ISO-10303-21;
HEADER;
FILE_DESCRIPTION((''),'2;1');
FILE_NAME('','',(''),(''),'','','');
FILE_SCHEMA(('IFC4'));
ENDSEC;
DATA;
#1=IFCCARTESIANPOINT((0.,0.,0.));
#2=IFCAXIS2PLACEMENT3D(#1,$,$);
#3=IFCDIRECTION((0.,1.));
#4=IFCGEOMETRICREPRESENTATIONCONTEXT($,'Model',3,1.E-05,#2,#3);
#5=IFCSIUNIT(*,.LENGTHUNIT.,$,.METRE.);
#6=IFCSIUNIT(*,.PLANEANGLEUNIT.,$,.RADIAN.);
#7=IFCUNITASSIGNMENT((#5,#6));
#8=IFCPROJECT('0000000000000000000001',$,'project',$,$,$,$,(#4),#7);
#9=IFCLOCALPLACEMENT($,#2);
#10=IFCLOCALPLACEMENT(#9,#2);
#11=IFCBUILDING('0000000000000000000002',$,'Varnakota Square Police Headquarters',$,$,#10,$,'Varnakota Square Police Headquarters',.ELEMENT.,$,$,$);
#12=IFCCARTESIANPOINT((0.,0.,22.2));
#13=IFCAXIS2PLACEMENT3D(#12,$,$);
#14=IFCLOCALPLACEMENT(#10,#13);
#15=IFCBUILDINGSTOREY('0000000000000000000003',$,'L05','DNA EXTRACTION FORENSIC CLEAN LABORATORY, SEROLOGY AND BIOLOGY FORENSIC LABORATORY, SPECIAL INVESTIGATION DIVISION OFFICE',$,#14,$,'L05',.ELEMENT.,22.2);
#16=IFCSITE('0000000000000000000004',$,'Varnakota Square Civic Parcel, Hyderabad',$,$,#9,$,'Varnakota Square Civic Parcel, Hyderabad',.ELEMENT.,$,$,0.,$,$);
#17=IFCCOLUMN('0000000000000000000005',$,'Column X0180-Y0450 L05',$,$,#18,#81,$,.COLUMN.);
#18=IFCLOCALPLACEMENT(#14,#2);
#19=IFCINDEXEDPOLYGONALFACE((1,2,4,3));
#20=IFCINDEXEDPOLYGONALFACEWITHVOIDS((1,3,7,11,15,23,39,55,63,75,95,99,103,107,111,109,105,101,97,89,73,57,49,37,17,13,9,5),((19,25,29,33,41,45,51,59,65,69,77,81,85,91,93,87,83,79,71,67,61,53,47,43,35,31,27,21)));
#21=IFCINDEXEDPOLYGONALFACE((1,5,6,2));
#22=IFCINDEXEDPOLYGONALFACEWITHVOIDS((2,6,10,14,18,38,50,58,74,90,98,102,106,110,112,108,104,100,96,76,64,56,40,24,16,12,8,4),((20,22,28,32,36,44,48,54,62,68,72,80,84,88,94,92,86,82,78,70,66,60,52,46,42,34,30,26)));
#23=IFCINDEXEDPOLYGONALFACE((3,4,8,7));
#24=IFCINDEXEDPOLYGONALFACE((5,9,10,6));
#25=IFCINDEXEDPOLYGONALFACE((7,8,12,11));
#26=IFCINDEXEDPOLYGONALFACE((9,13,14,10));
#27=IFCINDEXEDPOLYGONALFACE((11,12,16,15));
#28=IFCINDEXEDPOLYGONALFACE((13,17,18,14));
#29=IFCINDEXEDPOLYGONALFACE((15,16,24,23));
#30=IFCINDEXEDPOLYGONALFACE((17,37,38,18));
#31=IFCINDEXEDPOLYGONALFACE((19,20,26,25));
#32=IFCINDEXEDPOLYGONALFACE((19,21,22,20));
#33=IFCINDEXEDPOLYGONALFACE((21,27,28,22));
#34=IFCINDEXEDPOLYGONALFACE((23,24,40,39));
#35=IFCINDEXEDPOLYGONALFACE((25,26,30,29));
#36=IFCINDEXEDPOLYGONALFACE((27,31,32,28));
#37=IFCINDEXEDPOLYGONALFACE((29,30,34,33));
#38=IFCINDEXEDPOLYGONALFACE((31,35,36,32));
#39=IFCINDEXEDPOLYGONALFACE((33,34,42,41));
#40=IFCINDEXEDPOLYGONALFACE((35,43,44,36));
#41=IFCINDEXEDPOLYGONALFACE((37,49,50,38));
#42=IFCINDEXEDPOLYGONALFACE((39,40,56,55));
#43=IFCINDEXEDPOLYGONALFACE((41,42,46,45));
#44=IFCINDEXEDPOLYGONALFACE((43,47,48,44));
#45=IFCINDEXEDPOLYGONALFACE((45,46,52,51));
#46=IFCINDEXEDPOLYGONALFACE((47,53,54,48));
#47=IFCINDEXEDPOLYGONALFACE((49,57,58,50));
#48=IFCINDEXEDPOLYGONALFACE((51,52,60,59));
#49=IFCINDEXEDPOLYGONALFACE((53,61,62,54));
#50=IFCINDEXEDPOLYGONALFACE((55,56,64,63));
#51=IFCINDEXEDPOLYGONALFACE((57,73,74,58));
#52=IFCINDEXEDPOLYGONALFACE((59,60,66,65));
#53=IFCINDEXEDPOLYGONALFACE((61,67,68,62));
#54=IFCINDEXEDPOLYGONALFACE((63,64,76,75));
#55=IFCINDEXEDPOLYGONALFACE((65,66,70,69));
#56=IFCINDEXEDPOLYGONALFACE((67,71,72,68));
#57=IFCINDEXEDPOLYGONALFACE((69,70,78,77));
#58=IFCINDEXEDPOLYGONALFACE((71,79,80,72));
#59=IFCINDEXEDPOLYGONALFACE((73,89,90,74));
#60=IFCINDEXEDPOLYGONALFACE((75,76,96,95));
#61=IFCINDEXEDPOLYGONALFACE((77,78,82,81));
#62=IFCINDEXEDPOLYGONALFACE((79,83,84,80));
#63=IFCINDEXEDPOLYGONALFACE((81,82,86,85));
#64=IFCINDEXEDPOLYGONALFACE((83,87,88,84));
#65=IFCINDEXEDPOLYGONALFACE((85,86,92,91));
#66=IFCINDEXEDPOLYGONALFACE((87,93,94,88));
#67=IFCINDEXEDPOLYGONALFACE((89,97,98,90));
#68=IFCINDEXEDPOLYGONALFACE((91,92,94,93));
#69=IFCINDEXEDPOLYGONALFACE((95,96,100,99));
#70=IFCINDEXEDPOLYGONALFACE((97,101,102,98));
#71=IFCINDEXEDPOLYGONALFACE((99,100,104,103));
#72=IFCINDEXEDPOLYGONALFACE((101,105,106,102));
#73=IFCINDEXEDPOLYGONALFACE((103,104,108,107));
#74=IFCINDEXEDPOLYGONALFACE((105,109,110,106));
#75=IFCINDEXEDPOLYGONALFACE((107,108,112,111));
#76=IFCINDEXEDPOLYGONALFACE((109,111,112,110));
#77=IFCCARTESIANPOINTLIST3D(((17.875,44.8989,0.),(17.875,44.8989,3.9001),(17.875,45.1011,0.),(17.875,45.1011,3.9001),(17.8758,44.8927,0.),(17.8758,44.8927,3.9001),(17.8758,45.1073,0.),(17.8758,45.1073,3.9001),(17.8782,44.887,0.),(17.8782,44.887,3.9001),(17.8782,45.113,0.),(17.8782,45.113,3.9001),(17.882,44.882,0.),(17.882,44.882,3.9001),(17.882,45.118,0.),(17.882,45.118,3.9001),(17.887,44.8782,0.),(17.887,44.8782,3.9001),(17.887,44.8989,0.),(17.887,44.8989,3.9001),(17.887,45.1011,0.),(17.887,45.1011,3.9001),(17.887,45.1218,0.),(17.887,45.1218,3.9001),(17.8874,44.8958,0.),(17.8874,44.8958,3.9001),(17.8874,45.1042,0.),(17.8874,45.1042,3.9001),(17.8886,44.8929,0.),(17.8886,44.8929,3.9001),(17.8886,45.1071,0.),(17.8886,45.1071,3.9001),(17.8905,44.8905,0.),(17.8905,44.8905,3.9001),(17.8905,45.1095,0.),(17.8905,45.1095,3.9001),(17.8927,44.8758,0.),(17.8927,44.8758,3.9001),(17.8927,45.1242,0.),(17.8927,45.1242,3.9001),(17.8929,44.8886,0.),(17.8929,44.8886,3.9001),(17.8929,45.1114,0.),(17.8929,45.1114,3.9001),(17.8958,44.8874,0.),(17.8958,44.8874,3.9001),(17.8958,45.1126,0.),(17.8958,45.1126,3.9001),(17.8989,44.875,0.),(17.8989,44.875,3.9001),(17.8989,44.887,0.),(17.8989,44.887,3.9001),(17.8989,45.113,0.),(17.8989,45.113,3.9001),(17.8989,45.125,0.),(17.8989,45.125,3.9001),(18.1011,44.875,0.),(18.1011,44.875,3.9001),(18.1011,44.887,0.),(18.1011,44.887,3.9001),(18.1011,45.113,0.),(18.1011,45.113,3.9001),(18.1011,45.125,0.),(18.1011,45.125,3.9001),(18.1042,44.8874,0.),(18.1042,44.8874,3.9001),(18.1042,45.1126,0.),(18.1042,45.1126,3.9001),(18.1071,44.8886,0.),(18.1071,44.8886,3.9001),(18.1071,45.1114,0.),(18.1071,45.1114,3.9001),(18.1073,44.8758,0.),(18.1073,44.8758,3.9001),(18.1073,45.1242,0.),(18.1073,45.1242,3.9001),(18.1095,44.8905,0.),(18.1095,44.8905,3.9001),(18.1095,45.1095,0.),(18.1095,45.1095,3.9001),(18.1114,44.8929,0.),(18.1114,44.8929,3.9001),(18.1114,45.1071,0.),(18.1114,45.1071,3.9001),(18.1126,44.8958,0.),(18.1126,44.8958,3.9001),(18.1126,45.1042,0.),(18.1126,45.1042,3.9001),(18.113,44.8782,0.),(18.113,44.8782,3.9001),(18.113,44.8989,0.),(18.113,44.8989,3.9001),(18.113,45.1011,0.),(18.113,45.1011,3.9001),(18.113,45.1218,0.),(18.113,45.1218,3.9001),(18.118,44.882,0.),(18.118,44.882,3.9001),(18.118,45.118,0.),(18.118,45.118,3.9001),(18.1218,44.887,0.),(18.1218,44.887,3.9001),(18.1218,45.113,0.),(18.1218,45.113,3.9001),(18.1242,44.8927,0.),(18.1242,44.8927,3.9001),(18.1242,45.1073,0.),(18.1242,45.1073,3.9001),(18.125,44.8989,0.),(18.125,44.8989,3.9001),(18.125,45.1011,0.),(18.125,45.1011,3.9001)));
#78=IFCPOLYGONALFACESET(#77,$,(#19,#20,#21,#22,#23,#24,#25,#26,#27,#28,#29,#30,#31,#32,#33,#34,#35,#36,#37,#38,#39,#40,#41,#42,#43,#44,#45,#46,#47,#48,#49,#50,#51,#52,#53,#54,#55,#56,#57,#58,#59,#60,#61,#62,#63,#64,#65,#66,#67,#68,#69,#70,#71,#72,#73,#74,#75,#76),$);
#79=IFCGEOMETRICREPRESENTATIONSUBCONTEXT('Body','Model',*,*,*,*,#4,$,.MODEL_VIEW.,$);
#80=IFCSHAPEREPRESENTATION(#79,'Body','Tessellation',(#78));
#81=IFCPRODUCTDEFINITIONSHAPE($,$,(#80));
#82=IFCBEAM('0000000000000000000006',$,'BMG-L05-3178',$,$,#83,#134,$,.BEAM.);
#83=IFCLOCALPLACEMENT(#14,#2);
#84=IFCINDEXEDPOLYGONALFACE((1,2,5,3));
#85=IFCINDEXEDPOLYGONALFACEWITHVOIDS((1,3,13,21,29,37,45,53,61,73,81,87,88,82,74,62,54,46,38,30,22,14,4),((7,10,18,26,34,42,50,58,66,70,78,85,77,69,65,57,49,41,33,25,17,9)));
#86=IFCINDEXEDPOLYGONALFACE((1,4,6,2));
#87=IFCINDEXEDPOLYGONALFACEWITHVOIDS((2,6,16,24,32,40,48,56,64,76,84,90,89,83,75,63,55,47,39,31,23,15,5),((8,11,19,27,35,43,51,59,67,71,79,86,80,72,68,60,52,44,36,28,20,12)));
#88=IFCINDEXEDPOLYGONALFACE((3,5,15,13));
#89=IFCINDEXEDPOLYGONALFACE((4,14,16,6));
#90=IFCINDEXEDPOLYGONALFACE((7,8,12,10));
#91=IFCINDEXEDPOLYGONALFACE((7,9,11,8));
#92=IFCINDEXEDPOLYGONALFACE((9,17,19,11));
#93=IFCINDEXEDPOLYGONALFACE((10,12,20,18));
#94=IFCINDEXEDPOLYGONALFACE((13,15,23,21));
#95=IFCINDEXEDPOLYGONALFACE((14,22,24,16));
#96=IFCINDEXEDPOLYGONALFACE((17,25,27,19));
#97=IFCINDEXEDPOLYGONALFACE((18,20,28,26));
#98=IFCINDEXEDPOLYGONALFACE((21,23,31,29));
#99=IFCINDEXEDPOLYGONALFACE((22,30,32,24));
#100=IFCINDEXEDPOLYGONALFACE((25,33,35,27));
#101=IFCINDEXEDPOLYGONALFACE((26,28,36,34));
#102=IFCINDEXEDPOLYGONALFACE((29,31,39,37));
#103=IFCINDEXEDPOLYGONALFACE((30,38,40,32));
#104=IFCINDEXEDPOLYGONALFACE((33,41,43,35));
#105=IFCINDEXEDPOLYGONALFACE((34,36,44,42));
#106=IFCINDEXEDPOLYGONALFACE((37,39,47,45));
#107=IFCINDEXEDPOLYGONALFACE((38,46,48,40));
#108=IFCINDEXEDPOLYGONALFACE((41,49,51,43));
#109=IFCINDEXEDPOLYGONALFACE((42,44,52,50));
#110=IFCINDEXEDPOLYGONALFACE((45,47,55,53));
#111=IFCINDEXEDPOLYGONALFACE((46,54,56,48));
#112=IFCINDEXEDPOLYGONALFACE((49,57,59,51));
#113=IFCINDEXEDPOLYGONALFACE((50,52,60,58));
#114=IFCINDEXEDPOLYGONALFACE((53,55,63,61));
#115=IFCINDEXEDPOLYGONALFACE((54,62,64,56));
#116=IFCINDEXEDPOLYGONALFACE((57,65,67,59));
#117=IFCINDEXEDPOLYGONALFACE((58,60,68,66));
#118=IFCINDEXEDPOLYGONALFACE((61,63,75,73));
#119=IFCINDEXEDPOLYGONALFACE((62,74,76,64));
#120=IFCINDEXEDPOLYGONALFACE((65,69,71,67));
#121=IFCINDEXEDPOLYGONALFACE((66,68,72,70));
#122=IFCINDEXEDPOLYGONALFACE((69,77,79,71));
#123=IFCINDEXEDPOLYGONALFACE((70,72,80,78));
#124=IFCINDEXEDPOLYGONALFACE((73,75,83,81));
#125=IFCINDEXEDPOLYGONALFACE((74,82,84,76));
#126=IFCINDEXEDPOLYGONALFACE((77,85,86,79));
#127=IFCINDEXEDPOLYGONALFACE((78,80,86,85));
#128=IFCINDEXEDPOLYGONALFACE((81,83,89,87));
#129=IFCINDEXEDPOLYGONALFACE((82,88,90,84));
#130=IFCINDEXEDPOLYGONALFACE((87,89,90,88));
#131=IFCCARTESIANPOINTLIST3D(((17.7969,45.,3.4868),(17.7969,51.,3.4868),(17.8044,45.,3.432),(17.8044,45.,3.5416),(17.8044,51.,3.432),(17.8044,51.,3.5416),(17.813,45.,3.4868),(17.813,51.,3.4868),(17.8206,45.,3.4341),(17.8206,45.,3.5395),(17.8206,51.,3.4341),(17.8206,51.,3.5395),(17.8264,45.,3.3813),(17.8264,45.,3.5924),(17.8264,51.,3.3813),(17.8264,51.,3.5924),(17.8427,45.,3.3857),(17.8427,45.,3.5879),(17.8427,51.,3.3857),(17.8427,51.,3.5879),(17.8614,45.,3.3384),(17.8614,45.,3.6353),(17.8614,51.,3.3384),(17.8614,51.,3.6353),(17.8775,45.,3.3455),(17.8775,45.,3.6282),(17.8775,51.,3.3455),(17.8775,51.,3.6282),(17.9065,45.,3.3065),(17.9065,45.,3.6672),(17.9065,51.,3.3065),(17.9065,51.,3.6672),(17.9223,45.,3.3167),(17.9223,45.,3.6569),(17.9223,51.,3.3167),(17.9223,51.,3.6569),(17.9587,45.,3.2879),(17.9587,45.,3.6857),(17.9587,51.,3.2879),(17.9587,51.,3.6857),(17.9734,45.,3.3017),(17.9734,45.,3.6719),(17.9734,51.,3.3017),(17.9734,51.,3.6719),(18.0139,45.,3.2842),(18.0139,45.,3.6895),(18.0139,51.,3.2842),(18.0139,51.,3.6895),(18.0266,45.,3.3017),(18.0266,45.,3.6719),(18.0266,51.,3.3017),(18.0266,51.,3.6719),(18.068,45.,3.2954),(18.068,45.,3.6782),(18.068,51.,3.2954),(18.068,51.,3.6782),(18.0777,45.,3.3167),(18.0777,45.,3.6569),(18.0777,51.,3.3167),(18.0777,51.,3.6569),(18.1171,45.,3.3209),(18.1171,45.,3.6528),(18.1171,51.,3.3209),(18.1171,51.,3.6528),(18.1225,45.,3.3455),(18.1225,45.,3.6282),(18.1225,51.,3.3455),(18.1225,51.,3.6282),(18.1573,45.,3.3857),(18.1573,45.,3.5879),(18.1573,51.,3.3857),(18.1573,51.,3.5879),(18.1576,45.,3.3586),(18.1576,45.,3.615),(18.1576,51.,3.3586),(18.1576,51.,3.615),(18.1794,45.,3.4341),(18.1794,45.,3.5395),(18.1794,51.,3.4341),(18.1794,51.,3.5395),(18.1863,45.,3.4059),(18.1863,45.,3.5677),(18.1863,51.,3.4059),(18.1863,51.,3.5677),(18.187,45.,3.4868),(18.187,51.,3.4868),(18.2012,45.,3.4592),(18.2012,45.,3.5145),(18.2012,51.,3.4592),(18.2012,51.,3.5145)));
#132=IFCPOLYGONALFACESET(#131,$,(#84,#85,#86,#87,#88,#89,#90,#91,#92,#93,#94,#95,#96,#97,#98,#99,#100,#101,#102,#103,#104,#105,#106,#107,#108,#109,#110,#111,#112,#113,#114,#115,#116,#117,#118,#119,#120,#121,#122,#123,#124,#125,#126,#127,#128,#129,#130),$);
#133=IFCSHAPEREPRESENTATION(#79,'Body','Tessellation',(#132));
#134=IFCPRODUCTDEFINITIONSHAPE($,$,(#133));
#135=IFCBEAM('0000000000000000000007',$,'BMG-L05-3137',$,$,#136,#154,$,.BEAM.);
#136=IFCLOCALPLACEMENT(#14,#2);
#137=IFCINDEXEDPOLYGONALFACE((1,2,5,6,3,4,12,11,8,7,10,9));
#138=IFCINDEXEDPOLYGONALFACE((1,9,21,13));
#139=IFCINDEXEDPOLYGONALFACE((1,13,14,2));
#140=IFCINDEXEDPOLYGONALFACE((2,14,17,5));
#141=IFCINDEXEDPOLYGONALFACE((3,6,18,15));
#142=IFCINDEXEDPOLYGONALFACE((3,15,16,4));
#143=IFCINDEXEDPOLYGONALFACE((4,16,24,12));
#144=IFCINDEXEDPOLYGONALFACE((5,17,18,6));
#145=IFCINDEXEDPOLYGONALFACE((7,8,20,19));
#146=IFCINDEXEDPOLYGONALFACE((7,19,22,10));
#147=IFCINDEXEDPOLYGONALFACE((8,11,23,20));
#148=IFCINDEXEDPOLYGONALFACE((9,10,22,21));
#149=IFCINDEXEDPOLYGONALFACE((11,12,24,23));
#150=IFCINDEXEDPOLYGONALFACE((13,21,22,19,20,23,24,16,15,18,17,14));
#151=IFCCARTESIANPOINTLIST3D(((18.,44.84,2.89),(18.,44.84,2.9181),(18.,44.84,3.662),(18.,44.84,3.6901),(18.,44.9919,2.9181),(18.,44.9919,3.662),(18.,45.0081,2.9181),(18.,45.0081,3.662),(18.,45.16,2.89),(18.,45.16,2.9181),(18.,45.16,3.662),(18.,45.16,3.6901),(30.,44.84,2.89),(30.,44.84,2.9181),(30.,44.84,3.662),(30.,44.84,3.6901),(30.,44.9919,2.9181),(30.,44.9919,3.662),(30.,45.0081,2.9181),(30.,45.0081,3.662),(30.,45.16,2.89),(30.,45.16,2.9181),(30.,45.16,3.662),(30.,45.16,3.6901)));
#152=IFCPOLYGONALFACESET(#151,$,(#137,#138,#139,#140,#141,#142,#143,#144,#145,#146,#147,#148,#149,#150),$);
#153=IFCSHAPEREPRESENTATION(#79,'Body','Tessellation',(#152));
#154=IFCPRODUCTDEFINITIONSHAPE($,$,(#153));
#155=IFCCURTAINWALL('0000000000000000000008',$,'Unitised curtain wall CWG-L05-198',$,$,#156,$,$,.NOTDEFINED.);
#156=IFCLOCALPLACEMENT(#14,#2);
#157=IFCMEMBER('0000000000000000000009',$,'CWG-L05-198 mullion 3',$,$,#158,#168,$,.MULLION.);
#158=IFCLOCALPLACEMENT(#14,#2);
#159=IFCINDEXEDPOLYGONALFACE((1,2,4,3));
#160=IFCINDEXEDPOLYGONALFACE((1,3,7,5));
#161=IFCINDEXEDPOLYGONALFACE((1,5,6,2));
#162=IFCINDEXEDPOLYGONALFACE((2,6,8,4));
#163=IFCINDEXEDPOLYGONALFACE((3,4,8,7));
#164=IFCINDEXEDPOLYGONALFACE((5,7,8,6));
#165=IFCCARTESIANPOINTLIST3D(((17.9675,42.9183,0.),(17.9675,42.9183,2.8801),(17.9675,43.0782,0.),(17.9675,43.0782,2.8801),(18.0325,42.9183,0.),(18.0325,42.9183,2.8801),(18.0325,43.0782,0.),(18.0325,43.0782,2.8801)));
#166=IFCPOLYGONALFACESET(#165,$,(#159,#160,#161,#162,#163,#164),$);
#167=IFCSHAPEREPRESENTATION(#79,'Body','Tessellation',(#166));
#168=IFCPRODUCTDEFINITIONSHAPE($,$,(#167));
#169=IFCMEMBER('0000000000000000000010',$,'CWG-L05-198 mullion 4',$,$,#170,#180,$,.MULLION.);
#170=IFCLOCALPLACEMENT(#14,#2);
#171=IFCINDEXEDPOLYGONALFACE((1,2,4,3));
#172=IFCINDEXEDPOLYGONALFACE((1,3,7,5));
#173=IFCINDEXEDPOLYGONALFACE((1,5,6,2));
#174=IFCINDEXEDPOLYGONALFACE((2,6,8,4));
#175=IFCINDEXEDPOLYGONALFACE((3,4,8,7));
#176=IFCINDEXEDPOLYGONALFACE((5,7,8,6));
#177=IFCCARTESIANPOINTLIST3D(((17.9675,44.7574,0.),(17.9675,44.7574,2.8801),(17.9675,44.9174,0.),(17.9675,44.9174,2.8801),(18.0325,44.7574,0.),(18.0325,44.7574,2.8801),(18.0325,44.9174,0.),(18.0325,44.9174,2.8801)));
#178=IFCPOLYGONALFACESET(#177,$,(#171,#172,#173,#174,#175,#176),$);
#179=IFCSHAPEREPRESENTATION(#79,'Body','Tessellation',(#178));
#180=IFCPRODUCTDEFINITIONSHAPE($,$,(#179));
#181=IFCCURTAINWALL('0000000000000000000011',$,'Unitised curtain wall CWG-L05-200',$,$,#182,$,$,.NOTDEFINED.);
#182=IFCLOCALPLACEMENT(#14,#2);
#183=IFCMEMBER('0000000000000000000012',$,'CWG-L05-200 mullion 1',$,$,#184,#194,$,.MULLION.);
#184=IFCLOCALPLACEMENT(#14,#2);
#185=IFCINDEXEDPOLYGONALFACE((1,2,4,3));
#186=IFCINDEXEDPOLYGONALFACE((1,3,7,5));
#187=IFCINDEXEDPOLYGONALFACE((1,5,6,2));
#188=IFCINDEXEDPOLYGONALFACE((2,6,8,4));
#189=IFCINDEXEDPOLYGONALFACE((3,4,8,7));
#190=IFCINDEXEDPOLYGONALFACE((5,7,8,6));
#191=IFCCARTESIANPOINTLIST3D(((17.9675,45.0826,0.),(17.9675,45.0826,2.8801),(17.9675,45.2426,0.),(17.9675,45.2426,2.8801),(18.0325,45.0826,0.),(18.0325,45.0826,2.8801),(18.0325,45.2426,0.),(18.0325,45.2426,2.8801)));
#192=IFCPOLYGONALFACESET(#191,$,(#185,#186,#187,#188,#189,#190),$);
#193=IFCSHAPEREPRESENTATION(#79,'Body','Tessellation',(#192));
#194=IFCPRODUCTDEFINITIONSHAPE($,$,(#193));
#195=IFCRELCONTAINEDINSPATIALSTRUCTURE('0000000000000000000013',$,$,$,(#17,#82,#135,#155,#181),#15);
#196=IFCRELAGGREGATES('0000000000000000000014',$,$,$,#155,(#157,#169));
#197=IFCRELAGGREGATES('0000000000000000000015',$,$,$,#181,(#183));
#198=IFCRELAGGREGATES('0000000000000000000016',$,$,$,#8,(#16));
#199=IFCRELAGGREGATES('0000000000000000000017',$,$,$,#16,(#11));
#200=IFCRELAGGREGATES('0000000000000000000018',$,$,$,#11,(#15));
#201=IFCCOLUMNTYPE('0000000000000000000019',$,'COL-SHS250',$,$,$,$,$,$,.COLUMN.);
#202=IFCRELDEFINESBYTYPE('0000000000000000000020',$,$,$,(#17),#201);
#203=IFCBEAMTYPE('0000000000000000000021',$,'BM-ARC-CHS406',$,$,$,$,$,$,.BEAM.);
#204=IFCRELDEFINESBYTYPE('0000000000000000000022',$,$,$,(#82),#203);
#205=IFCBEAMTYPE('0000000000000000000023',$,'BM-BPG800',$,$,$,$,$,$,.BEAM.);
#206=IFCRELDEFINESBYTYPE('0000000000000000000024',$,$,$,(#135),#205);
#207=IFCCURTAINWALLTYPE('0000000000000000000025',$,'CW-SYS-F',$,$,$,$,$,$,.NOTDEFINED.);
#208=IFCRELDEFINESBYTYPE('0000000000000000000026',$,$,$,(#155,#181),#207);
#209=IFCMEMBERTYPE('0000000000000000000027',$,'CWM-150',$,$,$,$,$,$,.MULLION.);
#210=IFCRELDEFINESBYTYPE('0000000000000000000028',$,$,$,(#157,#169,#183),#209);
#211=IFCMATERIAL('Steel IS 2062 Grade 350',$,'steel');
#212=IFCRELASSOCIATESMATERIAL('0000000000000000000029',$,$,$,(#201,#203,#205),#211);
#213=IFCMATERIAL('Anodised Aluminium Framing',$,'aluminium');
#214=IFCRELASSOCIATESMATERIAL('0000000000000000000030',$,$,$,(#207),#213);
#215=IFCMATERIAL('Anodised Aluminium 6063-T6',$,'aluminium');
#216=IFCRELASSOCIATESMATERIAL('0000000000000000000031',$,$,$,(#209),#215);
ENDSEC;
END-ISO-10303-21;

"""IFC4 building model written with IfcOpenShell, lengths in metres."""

from ifc_helpers import new_model, si_unit, direction, frame, origin, origin_2d, place, context, subcontext, project, spatial, rectangle, hollow_rectangle, hollow_circle, i_section, extrude, material, material_profile, profile_set, type_object, element, aggregate, save


model = new_model("IFC4")

# Units and contexts
model_context = context("Model", 3, precision=1e-05, world=origin(), true_north=direction((0.0, 1.0)))
body_context = subcontext(model_context, "Body", "Model", "MODEL_VIEW")
ifc_project = project(units=[si_unit("LENGTHUNIT", "METRE"), si_unit("PLANEANGLEUNIT", "RADIAN")], contexts=[model_context])

# Site, building, storey
site_placement = place(None, origin())
site = spatial("IfcSite", under=ifc_project, at=site_placement, Name="Varnakota Square Civic Parcel, Hyderabad", LongName="Varnakota Square Civic Parcel, Hyderabad", CompositionType="ELEMENT", RefElevation=0.0)
building_placement = place(site_placement, origin())
building = spatial("IfcBuilding", under=site, at=building_placement, Name="Varnakota Square Police Headquarters", LongName="Varnakota Square Police Headquarters", CompositionType="ELEMENT")
storey_placement = place(building_placement, frame((0.0, 0.0, 22.2)))
storey = spatial("IfcBuildingStorey", under=building, at=storey_placement, Name="L05", Description="DNA EXTRACTION FORENSIC CLEAN LABORATORY, SEROLOGY AND BIOLOGY FORENSIC LABORATORY, SPECIAL INVESTIGATION DIVISION OFFICE", LongName="L05", CompositionType="ELEMENT", Elevation=22.2)

# Column
ifc_material_1 = material(Name="Steel IS 2062 Grade 350", Category="steel")
ifc_material_profile_1 = material_profile(ifc_material_1, hollow_rectangle(XDim=0.25, YDim=0.25, WallThickness=0.012, InnerFilletRadius=0.012, OuterFilletRadius=0.0239, at=origin_2d()), Name="SHS 250x250x12")
ifc_profile_set_1 = profile_set([ifc_material_profile_1], Name="Steel IS 2062 Grade 350")
column_type = type_object("IfcColumnType", Name="COL-SHS250", PredefinedType="COLUMN", material=ifc_profile_set_1)
column_placement = place(storey_placement, frame((18.0, 45.0, 0.0), z_axis=(0.0, 0.0, 1.0), x_axis=(1.0, 0.0, 0.0)))
element("IfcColumn", 1, at=column_placement, inside=storey, type_object=column_type, Name="Column X0180-Y0450 L05", PredefinedType="COLUMN", context=body_context, shape_type="SweptSolid", body=[
    extrude(hollow_rectangle(XDim=0.25, YDim=0.25, WallThickness=0.012, InnerFilletRadius=0.012, OuterFilletRadius=0.0239, at=origin_2d()), origin(), (0.0, 0.0, 1.0), 3.9001),
])

# Beams
ifc_material_profile_2 = material_profile(ifc_material_1, hollow_circle(Radius=0.2031, WallThickness=0.0161, at=origin_2d()), Name="CHS 406.4x16.0")
ifc_profile_set_2 = profile_set([ifc_material_profile_2], Name="Steel IS 2062 Grade 350")
beam_type_1 = type_object("IfcBeamType", Name="BM-ARC-CHS406", PredefinedType="BEAM", material=ifc_profile_set_2)
beam_1_placement = place(storey_placement, frame((18.0, 45.0, 3.4868), z_axis=(0.0, 1.0, 0.0), x_axis=(-1.0, 0.0, 0.0)))
element("IfcBeam", 2, at=beam_1_placement, inside=storey, type_object=beam_type_1, Name="BMG-L05-3178", PredefinedType="BEAM", context=body_context, shape_type="SweptSolid", body=[
    extrude(hollow_circle(Radius=0.2031, WallThickness=0.0161, at=origin_2d()), origin(), (0.0, 0.0, 1.0), 6.0),
])
ifc_material_profile_3 = material_profile(ifc_material_1, i_section(OverallWidth=0.3201, OverallDepth=0.8, WebThickness=0.0161, FlangeThickness=0.0281, at=origin_2d()), Name="BPG 800x320")
ifc_profile_set_3 = profile_set([ifc_material_profile_3], Name="Steel IS 2062 Grade 350")
beam_type_2 = type_object("IfcBeamType", Name="BM-BPG800", PredefinedType="BEAM", material=ifc_profile_set_3)
beam_2_placement = place(storey_placement, frame((18.0, 45.0, 3.29), z_axis=(1.0, 0.0, 0.0), x_axis=(0.0, 1.0, 0.0)))
element("IfcBeam", 3, at=beam_2_placement, inside=storey, type_object=beam_type_2, Name="BMG-L05-3137", PredefinedType="BEAM", context=body_context, shape_type="SweptSolid", body=[
    extrude(i_section(OverallWidth=0.3201, OverallDepth=0.8, WebThickness=0.0161, FlangeThickness=0.0281, at=origin_2d()), origin(), (0.0, 0.0, 1.0), 12.0),
])

# Curtain walls, members
ifc_material_2 = material(Name="Anodised Aluminium Framing", Category="aluminium")
curtain_wall_type = type_object("IfcCurtainWallType", Name="CW-SYS-F", PredefinedType="NOTDEFINED", material=ifc_material_2)
curtain_wall_1_placement = place(storey_placement, origin())
curtain_wall_1 = element("IfcCurtainWall", 4, at=curtain_wall_1_placement, inside=storey, type_object=curtain_wall_type, Name="Unitised curtain wall CWG-L05-198", PredefinedType="NOTDEFINED")
ifc_material_3 = material(Name="Anodised Aluminium 6063-T6", Category="aluminium")
ifc_material_profile_4 = material_profile(ifc_material_3, rectangle(XDim=0.0649, YDim=0.1599, at=origin_2d()), Name="ALU MULLION 65x160")
ifc_profile_set_4 = profile_set([ifc_material_profile_4], Name="Anodised Aluminium 6063-T6")
member_type_1 = type_object("IfcMemberType", Name="CWM-150", PredefinedType="MULLION", material=ifc_profile_set_4)
member_1_placement = place(storey_placement, frame((18.0, 42.9983, 0.0), z_axis=(0.0, 0.0, 1.0), x_axis=(-1.0, 0.0, 0.0)))
member_1 = element("IfcMember", 5, at=member_1_placement, type_object=member_type_1, Name="CWG-L05-198 mullion 3", PredefinedType="MULLION", context=body_context, shape_type="SweptSolid", body=[
    extrude(rectangle(XDim=0.0649, YDim=0.1599, at=origin_2d()), origin(), (0.0, 0.0, 1.0), 2.8801),
])
member_2_placement = place(storey_placement, frame((18.0, 44.8374, 0.0), z_axis=(0.0, 0.0, 1.0), x_axis=(-1.0, 0.0, 0.0)))
member_2 = element("IfcMember", 6, at=member_2_placement, type_object=member_type_1, Name="CWG-L05-198 mullion 4", PredefinedType="MULLION", context=body_context, shape_type="SweptSolid", body=[
    extrude(rectangle(XDim=0.0649, YDim=0.1599, at=origin_2d()), origin(), (0.0, 0.0, 1.0), 2.8801),
])
curtain_wall_2_placement = place(storey_placement, origin())
curtain_wall_2 = element("IfcCurtainWall", 7, at=curtain_wall_2_placement, inside=storey, type_object=curtain_wall_type, Name="Unitised curtain wall CWG-L05-200", PredefinedType="NOTDEFINED")
member_3_placement = place(storey_placement, frame((18.0, 45.1626, 0.0), z_axis=(0.0, 0.0, 1.0), x_axis=(-1.0, 0.0, 0.0)))
member_3 = element("IfcMember", 8, at=member_3_placement, type_object=member_type_1, Name="CWG-L05-200 mullion 1", PredefinedType="MULLION", context=body_context, shape_type="SweptSolid", body=[
    extrude(rectangle(XDim=0.0649, YDim=0.1599, at=origin_2d()), origin(), (0.0, 0.0, 1.0), 2.8801),
])

aggregate(curtain_wall_1, [member_1, member_2])
aggregate(curtain_wall_2, [member_3])

save(model, "model.ifc")
